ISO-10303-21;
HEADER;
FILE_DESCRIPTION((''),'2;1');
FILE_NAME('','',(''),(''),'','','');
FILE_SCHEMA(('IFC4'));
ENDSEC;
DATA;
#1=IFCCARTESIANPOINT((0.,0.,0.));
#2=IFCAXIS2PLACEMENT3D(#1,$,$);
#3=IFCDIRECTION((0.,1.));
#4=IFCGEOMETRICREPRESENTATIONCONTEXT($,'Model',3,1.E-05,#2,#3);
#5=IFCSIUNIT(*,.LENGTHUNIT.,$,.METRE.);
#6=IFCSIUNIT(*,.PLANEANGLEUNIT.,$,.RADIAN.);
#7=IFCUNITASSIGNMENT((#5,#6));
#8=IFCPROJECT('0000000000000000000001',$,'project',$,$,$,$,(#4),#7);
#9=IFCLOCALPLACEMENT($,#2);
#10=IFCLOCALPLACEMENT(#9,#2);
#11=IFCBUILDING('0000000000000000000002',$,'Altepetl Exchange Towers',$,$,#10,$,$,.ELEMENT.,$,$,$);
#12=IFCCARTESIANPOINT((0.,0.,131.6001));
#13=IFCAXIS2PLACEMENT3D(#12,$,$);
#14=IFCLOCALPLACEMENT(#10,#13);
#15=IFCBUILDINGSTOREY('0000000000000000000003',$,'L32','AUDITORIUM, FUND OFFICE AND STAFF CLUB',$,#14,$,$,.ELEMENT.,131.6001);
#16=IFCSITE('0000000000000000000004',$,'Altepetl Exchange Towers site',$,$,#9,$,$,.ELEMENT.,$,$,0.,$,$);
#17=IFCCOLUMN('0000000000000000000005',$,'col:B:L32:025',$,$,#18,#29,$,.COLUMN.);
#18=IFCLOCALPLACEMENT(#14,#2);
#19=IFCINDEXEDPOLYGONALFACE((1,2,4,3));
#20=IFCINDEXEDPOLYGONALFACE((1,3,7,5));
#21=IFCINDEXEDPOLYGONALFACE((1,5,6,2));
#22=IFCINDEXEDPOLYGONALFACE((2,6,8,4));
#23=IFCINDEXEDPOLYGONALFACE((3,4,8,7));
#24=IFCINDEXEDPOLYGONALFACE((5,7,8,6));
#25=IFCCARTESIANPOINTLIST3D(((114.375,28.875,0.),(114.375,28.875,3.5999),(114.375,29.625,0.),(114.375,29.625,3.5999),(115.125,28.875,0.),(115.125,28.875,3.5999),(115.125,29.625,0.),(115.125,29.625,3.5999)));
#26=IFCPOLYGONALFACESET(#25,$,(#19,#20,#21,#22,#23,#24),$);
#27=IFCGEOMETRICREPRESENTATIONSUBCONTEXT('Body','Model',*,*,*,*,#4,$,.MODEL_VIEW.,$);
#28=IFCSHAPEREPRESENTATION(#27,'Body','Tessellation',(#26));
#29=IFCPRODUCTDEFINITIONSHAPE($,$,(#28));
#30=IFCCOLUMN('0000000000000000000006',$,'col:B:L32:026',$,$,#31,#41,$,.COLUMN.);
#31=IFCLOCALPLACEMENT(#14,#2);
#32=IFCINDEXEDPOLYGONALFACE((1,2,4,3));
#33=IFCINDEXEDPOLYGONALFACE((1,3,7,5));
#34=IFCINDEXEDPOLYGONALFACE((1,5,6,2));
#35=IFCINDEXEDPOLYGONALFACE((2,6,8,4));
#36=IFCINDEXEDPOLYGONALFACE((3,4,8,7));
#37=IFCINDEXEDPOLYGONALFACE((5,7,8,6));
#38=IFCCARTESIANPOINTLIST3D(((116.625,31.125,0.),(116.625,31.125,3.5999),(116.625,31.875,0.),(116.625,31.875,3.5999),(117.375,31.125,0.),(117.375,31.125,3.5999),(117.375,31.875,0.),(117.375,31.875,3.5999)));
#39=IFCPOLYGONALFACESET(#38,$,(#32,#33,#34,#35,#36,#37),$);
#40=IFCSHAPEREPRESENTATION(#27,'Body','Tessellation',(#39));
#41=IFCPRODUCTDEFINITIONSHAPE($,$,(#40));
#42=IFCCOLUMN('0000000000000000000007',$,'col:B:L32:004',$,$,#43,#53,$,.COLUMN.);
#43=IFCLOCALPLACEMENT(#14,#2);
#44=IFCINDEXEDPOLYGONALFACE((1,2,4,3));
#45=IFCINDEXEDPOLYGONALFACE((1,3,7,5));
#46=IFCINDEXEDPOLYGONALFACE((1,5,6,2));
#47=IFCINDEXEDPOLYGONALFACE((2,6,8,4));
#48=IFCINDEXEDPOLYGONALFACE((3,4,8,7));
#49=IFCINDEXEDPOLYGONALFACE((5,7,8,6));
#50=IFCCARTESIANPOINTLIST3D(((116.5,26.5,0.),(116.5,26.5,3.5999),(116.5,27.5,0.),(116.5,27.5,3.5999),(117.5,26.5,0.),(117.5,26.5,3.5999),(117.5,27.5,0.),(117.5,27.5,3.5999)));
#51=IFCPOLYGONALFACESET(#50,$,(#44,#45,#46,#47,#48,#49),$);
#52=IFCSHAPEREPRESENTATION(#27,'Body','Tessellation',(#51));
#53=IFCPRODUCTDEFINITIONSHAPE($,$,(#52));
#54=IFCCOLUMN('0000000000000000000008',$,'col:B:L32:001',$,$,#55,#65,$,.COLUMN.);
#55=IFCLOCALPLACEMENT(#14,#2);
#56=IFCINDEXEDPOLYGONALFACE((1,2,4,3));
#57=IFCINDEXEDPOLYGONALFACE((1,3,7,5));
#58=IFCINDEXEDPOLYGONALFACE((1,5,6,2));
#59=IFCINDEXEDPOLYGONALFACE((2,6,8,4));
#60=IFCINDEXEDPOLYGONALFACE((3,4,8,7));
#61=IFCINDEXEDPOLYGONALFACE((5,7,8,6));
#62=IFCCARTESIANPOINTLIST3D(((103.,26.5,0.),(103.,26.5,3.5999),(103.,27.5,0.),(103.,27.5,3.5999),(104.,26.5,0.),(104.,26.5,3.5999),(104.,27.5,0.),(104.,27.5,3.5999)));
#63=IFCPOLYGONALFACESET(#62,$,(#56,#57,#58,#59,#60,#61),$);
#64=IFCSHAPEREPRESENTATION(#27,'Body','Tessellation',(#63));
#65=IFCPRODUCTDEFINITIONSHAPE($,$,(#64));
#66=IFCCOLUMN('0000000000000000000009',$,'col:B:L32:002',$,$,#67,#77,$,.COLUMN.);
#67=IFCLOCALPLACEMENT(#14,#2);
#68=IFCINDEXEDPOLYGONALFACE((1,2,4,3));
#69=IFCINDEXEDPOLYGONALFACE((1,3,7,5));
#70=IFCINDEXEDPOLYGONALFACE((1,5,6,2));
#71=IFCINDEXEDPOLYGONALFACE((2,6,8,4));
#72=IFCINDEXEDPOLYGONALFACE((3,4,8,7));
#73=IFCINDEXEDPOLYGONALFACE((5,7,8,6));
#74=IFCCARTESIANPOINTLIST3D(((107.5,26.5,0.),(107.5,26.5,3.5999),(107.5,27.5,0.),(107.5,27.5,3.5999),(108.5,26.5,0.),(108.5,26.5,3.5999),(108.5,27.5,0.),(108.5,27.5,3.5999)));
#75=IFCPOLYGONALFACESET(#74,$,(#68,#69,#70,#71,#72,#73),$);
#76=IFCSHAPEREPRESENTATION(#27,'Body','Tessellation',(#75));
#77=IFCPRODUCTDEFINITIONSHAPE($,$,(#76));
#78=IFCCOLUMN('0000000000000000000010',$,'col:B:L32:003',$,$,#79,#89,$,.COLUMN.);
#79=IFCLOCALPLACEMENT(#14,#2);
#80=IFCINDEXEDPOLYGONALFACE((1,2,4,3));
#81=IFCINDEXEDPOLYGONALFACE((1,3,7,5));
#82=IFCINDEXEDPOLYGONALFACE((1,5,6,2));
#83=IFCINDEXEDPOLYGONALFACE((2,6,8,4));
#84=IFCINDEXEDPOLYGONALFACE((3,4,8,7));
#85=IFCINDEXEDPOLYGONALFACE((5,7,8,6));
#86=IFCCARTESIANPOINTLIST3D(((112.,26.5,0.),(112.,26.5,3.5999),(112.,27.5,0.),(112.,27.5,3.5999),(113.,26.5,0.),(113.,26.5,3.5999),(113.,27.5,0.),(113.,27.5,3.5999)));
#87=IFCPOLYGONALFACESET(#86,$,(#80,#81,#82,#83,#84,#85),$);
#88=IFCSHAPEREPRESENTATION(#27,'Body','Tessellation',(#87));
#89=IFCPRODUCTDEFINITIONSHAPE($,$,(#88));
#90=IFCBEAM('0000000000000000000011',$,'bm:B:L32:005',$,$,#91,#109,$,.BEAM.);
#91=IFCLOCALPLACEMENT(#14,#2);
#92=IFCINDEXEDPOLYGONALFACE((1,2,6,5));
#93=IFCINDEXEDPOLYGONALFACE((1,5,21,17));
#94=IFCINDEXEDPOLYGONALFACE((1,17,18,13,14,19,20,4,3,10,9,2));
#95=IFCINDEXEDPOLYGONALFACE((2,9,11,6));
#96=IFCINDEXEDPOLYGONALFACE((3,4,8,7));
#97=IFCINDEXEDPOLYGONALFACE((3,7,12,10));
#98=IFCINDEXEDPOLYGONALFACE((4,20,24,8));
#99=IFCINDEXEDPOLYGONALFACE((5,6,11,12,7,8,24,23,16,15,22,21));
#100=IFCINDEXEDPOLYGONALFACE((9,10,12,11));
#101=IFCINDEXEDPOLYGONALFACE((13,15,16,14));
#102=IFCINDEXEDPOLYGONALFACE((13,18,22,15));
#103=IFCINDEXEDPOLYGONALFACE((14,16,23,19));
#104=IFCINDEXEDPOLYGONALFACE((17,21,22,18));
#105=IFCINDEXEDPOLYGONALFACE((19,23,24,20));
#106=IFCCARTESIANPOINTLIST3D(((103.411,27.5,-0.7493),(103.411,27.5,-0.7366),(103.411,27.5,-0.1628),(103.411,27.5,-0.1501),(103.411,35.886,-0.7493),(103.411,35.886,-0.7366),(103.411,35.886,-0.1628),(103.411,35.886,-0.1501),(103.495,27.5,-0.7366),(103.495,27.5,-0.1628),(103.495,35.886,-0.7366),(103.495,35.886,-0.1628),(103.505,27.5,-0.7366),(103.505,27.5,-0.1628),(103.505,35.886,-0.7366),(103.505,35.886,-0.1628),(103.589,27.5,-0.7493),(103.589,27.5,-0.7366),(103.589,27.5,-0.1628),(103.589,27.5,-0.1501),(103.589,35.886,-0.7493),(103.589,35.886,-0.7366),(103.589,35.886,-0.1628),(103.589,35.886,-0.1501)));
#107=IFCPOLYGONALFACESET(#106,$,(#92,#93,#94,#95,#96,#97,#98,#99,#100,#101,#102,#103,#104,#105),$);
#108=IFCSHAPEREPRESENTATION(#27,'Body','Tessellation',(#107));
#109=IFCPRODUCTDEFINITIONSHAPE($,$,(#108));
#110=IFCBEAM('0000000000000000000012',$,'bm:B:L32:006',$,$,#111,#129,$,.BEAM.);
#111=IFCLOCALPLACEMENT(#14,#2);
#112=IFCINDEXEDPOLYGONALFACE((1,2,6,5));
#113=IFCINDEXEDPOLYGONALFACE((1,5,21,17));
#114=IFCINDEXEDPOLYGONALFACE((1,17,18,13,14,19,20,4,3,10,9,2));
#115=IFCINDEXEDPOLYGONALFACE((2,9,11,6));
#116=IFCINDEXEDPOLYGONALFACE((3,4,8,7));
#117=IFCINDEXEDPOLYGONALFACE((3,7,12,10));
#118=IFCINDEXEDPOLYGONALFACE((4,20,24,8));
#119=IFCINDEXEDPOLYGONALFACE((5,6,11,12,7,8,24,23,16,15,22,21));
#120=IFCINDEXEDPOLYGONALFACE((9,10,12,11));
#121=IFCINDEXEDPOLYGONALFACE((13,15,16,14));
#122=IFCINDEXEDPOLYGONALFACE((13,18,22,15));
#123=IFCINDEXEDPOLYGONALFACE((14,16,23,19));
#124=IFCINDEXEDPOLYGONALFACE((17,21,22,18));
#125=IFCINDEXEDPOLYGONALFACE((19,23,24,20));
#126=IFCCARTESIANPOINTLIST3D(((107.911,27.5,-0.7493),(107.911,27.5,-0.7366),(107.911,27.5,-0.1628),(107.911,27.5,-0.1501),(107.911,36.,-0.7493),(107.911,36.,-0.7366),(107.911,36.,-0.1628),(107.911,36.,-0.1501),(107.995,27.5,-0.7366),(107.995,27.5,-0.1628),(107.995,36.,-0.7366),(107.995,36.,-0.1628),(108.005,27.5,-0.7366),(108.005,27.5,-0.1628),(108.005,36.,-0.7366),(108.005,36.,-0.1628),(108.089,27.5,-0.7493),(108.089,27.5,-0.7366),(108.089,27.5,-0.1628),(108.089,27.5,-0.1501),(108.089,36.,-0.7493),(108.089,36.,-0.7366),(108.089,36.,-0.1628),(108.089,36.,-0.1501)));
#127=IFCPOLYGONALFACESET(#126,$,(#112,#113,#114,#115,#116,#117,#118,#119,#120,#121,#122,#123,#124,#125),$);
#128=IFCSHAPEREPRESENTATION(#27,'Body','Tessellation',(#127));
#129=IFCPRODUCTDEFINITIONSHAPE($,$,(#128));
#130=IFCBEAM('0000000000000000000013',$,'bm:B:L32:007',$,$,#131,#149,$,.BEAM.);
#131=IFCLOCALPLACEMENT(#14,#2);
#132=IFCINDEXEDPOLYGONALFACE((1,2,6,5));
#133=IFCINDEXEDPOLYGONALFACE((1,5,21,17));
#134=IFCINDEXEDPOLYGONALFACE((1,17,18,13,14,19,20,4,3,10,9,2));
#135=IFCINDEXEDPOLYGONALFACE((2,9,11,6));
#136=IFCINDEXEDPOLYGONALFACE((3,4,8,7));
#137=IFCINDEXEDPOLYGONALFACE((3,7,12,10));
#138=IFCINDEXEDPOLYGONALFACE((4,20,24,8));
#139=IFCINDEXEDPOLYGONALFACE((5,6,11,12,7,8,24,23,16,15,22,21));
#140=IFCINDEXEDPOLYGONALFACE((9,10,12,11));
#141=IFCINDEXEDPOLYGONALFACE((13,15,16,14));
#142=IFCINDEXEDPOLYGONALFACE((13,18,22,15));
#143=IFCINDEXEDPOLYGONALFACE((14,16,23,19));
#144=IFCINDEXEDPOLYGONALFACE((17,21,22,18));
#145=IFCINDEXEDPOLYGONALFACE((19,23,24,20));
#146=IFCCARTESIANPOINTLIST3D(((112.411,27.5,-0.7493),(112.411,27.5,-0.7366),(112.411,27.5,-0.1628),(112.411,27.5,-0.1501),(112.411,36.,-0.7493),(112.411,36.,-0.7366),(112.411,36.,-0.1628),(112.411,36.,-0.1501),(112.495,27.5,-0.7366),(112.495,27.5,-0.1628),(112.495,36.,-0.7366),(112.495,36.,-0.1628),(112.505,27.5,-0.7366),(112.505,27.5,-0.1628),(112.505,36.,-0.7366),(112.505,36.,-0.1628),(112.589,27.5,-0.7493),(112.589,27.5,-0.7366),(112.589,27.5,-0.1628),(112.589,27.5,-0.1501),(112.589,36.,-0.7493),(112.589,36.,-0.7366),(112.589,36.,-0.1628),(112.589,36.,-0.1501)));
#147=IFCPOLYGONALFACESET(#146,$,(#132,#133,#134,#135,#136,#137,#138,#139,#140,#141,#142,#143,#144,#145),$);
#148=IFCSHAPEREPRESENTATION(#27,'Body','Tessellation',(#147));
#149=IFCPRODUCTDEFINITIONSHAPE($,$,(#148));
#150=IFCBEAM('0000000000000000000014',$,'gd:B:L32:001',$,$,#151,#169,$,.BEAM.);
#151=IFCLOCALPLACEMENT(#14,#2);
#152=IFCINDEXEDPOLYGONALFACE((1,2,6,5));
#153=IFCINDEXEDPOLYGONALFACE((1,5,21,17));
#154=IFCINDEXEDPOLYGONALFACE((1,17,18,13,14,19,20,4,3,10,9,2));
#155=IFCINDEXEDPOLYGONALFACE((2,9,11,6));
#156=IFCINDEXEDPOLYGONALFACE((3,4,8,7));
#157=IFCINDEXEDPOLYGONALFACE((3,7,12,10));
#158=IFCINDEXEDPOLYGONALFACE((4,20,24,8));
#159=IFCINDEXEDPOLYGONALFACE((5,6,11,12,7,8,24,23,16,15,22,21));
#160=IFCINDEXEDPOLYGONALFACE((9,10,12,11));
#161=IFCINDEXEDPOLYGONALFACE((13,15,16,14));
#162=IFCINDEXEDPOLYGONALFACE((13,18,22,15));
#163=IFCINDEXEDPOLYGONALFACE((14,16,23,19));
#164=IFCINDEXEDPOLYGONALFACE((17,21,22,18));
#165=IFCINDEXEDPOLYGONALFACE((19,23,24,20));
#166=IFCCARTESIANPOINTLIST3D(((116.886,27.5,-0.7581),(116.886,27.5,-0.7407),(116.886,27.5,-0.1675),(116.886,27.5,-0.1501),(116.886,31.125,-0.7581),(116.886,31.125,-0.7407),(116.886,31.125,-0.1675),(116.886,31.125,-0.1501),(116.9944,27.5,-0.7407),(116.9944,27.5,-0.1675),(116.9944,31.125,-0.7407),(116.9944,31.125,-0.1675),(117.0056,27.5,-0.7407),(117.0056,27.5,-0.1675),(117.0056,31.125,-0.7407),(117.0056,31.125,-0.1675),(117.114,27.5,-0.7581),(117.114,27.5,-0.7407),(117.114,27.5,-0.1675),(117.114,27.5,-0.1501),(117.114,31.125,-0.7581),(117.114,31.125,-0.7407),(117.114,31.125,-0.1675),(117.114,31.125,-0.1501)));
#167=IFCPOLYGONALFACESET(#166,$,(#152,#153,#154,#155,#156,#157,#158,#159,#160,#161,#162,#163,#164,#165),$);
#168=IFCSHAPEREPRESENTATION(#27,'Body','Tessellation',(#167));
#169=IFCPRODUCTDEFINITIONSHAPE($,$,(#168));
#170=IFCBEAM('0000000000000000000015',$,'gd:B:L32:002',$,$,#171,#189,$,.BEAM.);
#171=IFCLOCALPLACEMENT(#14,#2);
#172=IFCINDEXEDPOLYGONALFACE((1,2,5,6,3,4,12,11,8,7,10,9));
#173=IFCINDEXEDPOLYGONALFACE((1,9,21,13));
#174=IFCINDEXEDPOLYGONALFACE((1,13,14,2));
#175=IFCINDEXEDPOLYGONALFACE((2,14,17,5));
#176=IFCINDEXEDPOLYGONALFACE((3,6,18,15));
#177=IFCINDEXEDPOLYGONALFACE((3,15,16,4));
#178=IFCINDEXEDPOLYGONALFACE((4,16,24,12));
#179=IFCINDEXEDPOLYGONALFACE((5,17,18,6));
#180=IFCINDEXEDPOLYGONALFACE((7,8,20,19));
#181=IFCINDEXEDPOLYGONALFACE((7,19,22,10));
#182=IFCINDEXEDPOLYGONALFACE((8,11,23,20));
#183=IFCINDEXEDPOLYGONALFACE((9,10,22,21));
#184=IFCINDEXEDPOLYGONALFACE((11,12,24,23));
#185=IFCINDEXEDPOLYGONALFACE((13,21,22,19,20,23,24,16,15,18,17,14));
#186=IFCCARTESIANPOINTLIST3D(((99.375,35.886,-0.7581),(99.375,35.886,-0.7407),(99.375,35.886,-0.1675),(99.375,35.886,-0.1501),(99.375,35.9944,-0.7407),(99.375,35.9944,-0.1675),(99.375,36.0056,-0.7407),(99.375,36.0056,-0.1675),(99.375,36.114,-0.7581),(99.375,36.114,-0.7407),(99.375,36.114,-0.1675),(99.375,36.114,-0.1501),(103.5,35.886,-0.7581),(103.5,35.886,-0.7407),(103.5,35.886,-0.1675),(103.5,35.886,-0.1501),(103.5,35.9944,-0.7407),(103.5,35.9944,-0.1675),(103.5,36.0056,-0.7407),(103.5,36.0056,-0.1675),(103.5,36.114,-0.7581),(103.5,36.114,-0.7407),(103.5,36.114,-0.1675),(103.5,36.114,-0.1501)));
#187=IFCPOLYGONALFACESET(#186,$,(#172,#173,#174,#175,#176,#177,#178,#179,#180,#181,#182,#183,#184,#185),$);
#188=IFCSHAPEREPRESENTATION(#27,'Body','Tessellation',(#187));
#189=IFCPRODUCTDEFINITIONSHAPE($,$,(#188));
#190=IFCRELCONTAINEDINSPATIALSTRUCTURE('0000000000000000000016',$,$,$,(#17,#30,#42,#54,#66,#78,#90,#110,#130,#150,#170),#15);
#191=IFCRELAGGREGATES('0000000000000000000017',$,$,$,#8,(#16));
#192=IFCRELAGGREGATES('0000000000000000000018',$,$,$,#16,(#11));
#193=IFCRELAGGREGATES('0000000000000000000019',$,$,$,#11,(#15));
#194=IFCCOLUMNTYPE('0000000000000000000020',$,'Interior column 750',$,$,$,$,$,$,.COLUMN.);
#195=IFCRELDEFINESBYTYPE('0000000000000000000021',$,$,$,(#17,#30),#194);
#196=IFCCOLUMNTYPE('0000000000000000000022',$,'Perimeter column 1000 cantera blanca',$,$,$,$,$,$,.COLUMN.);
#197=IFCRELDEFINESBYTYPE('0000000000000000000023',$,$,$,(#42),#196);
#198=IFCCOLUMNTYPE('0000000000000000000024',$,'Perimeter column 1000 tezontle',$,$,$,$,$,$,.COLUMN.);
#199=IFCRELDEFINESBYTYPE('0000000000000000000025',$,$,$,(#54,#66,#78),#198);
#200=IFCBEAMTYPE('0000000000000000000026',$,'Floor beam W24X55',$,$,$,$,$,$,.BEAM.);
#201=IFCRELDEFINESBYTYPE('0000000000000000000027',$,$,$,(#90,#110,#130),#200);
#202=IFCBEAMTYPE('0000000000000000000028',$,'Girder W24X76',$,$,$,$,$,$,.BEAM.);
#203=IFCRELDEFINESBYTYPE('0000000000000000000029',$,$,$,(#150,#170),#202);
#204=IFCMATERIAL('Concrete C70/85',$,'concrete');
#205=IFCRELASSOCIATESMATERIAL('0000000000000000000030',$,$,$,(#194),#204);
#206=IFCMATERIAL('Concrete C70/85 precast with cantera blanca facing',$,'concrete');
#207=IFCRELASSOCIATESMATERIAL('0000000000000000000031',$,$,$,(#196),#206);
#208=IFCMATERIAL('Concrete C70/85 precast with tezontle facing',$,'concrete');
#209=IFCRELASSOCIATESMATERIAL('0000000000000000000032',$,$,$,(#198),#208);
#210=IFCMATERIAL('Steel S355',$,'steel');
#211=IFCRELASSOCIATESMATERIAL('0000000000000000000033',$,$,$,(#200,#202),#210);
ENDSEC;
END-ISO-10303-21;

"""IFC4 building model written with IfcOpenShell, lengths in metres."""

from ifc_helpers import new_model, si_unit, direction, frame, origin, origin_2d, place, context, subcontext, project, spatial, rectangle, i_section, extrude, material, material_profile, profile_set, type_object, element, save


model = new_model("IFC4")

# Units and contexts
model_context = context("Model", 3, precision=1e-05, world=origin(), true_north=direction((0.0, 1.0)))
body_context = subcontext(model_context, "Body", "Model", "MODEL_VIEW")
ifc_project = project(units=[si_unit("LENGTHUNIT", "METRE"), si_unit("PLANEANGLEUNIT", "RADIAN")], contexts=[model_context])

# Site, building, storey
site_placement = place(None, origin())
site = spatial("IfcSite", under=ifc_project, at=site_placement, Name="Altepetl Exchange Towers site", CompositionType="ELEMENT", RefElevation=0.0)
building_placement = place(site_placement, origin())
building = spatial("IfcBuilding", under=site, at=building_placement, Name="Altepetl Exchange Towers", CompositionType="ELEMENT")
storey_placement = place(building_placement, frame((0.0, 0.0, 131.6001)))
storey = spatial("IfcBuildingStorey", under=building, at=storey_placement, Name="L32", Description="AUDITORIUM, FUND OFFICE AND STAFF CLUB", CompositionType="ELEMENT", Elevation=131.6001)

# Columns
ifc_material_1 = material(Name="Concrete C70/85", Category="concrete")
ifc_material_profile_1 = material_profile(ifc_material_1, rectangle(XDim=0.75, YDim=0.75, at=origin_2d()), Name="750 x 750")
ifc_profile_set_1 = profile_set([ifc_material_profile_1], Name="Concrete C70/85")
column_type_1 = type_object("IfcColumnType", Name="Interior column 750", PredefinedType="COLUMN", material=ifc_profile_set_1)
for number, where, name in (
    (1, (114.75, 29.25, 0.0), "col:B:L32:025"),
    (2, (117.0, 31.5, 0.0), "col:B:L32:026"),
):
    element("IfcColumn", number, at=place(storey_placement, frame(where)), inside=storey, type_object=column_type_1, Name=name, PredefinedType="COLUMN", context=body_context, shape_type="SweptSolid", body=[
        extrude(rectangle(XDim=0.75, YDim=0.75, at=origin_2d()), origin(), (0.0, 0.0, 1.0), 3.5999),
    ])
ifc_material_2 = material(Name="Concrete C70/85 precast with cantera blanca facing", Category="concrete")
ifc_material_profile_2 = material_profile(ifc_material_2, rectangle(XDim=1.0, YDim=1.0, at=origin_2d()), Name="1000 x 1000")
ifc_profile_set_2 = profile_set([ifc_material_profile_2], Name="Concrete C70/85 precast with cantera blanca facing")
column_type_2 = type_object("IfcColumnType", Name="Perimeter column 1000 cantera blanca", PredefinedType="COLUMN", material=ifc_profile_set_2)
column_placement = place(storey_placement, frame((117.0, 27.0, 0.0)))
element("IfcColumn", 3, at=column_placement, inside=storey, type_object=column_type_2, Name="col:B:L32:004", PredefinedType="COLUMN", context=body_context, shape_type="SweptSolid", body=[
    extrude(rectangle(XDim=1.0, YDim=1.0, at=origin_2d()), origin(), (0.0, 0.0, 1.0), 3.5999),
])
ifc_material_3 = material(Name="Concrete C70/85 precast with tezontle facing", Category="concrete")
ifc_material_profile_3 = material_profile(ifc_material_3, rectangle(XDim=1.0, YDim=1.0, at=origin_2d()), Name="1000 x 1000")
ifc_profile_set_3 = profile_set([ifc_material_profile_3], Name="Concrete C70/85 precast with tezontle facing")
column_type_3 = type_object("IfcColumnType", Name="Perimeter column 1000 tezontle", PredefinedType="COLUMN", material=ifc_profile_set_3)
for number, where, name in (
    (4, (103.5, 27.0, 0.0), "col:B:L32:001"),
    (5, (108.0, 27.0, 0.0), "col:B:L32:002"),
    (6, (112.5, 27.0, 0.0), "col:B:L32:003"),
):
    element("IfcColumn", number, at=place(storey_placement, frame(where)), inside=storey, type_object=column_type_3, Name=name, PredefinedType="COLUMN", context=body_context, shape_type="SweptSolid", body=[
        extrude(rectangle(XDim=1.0, YDim=1.0, at=origin_2d()), origin(), (0.0, 0.0, 1.0), 3.5999),
    ])

# Beams
ifc_material_4 = material(Name="Steel S355", Category="steel")
ifc_material_profile_4 = material_profile(ifc_material_4, i_section(OverallWidth=0.178, OverallDepth=0.5991, WebThickness=0.01, FlangeThickness=0.0127, at=origin_2d()), Name="W24X55")
ifc_profile_set_4 = profile_set([ifc_material_profile_4], Name="Steel S355")
beam_type_1 = type_object("IfcBeamType", Name="Floor beam W24X55", PredefinedType="BEAM", material=ifc_profile_set_4)
beam_1_placement = place(storey_placement, frame((103.5, 27.5, -0.4497), z_axis=(0.0, 1.0, 0.0), x_axis=(-1.0, 0.0, 0.0)))
element("IfcBeam", 7, at=beam_1_placement, inside=storey, type_object=beam_type_1, Name="bm:B:L32:005", PredefinedType="BEAM", context=body_context, shape_type="SweptSolid", body=[
    extrude(i_section(OverallWidth=0.178, OverallDepth=0.5991, WebThickness=0.01, FlangeThickness=0.0127, at=origin_2d()), origin(), (0.0, 0.0, 1.0), 8.386),
])
for number, where, z_axis, x_axis, name in (
    (8, (108.0, 27.5, -0.4497), (0.0, 1.0, 0.0), (-1.0, 0.0, 0.0), "bm:B:L32:006"),
    (9, (112.5, 27.5, -0.4497), (0.0, 1.0, 0.0), (-1.0, 0.0, 0.0), "bm:B:L32:007"),
):
    element("IfcBeam", number, at=place(storey_placement, frame(where, z_axis=z_axis, x_axis=x_axis)), inside=storey, type_object=beam_type_1, Name=name, PredefinedType="BEAM", context=body_context, shape_type="SweptSolid", body=[
        extrude(i_section(OverallWidth=0.178, OverallDepth=0.5991, WebThickness=0.01, FlangeThickness=0.0127, at=origin_2d()), origin(), (0.0, 0.0, 1.0), 8.5),
    ])
ifc_material_profile_5 = material_profile(ifc_material_4, i_section(OverallWidth=0.228, OverallDepth=0.6079, WebThickness=0.0112, FlangeThickness=0.0173, at=origin_2d()), Name="W24X76")
ifc_profile_set_5 = profile_set([ifc_material_profile_5], Name="Steel S355")
beam_type_2 = type_object("IfcBeamType", Name="Girder W24X76", PredefinedType="BEAM", material=ifc_profile_set_5)
beam_2_placement = place(storey_placement, frame((117.0, 31.125, -0.4541), z_axis=(0.0, -1.0, 0.0), x_axis=(1.0, 0.0, 0.0)))
element("IfcBeam", 10, at=beam_2_placement, inside=storey, type_object=beam_type_2, Name="gd:B:L32:001", PredefinedType="BEAM", context=body_context, shape_type="SweptSolid", body=[
    extrude(i_section(OverallWidth=0.228, OverallDepth=0.6079, WebThickness=0.0112, FlangeThickness=0.0173, at=origin_2d()), origin(), (0.0, 0.0, 1.0), 3.625),
])
beam_3_placement = place(storey_placement, frame((103.5, 36.0, -0.4541), z_axis=(-1.0, 0.0, 0.0), x_axis=(0.0, -1.0, 0.0)))
element("IfcBeam", 11, at=beam_3_placement, inside=storey, type_object=beam_type_2, Name="gd:B:L32:002", PredefinedType="BEAM", context=body_context, shape_type="SweptSolid", body=[
    extrude(i_section(OverallWidth=0.228, OverallDepth=0.6079, WebThickness=0.0112, FlangeThickness=0.0173, at=origin_2d()), origin(), (0.0, 0.0, 1.0), 4.125),
])

save(model, "model.ifc")
